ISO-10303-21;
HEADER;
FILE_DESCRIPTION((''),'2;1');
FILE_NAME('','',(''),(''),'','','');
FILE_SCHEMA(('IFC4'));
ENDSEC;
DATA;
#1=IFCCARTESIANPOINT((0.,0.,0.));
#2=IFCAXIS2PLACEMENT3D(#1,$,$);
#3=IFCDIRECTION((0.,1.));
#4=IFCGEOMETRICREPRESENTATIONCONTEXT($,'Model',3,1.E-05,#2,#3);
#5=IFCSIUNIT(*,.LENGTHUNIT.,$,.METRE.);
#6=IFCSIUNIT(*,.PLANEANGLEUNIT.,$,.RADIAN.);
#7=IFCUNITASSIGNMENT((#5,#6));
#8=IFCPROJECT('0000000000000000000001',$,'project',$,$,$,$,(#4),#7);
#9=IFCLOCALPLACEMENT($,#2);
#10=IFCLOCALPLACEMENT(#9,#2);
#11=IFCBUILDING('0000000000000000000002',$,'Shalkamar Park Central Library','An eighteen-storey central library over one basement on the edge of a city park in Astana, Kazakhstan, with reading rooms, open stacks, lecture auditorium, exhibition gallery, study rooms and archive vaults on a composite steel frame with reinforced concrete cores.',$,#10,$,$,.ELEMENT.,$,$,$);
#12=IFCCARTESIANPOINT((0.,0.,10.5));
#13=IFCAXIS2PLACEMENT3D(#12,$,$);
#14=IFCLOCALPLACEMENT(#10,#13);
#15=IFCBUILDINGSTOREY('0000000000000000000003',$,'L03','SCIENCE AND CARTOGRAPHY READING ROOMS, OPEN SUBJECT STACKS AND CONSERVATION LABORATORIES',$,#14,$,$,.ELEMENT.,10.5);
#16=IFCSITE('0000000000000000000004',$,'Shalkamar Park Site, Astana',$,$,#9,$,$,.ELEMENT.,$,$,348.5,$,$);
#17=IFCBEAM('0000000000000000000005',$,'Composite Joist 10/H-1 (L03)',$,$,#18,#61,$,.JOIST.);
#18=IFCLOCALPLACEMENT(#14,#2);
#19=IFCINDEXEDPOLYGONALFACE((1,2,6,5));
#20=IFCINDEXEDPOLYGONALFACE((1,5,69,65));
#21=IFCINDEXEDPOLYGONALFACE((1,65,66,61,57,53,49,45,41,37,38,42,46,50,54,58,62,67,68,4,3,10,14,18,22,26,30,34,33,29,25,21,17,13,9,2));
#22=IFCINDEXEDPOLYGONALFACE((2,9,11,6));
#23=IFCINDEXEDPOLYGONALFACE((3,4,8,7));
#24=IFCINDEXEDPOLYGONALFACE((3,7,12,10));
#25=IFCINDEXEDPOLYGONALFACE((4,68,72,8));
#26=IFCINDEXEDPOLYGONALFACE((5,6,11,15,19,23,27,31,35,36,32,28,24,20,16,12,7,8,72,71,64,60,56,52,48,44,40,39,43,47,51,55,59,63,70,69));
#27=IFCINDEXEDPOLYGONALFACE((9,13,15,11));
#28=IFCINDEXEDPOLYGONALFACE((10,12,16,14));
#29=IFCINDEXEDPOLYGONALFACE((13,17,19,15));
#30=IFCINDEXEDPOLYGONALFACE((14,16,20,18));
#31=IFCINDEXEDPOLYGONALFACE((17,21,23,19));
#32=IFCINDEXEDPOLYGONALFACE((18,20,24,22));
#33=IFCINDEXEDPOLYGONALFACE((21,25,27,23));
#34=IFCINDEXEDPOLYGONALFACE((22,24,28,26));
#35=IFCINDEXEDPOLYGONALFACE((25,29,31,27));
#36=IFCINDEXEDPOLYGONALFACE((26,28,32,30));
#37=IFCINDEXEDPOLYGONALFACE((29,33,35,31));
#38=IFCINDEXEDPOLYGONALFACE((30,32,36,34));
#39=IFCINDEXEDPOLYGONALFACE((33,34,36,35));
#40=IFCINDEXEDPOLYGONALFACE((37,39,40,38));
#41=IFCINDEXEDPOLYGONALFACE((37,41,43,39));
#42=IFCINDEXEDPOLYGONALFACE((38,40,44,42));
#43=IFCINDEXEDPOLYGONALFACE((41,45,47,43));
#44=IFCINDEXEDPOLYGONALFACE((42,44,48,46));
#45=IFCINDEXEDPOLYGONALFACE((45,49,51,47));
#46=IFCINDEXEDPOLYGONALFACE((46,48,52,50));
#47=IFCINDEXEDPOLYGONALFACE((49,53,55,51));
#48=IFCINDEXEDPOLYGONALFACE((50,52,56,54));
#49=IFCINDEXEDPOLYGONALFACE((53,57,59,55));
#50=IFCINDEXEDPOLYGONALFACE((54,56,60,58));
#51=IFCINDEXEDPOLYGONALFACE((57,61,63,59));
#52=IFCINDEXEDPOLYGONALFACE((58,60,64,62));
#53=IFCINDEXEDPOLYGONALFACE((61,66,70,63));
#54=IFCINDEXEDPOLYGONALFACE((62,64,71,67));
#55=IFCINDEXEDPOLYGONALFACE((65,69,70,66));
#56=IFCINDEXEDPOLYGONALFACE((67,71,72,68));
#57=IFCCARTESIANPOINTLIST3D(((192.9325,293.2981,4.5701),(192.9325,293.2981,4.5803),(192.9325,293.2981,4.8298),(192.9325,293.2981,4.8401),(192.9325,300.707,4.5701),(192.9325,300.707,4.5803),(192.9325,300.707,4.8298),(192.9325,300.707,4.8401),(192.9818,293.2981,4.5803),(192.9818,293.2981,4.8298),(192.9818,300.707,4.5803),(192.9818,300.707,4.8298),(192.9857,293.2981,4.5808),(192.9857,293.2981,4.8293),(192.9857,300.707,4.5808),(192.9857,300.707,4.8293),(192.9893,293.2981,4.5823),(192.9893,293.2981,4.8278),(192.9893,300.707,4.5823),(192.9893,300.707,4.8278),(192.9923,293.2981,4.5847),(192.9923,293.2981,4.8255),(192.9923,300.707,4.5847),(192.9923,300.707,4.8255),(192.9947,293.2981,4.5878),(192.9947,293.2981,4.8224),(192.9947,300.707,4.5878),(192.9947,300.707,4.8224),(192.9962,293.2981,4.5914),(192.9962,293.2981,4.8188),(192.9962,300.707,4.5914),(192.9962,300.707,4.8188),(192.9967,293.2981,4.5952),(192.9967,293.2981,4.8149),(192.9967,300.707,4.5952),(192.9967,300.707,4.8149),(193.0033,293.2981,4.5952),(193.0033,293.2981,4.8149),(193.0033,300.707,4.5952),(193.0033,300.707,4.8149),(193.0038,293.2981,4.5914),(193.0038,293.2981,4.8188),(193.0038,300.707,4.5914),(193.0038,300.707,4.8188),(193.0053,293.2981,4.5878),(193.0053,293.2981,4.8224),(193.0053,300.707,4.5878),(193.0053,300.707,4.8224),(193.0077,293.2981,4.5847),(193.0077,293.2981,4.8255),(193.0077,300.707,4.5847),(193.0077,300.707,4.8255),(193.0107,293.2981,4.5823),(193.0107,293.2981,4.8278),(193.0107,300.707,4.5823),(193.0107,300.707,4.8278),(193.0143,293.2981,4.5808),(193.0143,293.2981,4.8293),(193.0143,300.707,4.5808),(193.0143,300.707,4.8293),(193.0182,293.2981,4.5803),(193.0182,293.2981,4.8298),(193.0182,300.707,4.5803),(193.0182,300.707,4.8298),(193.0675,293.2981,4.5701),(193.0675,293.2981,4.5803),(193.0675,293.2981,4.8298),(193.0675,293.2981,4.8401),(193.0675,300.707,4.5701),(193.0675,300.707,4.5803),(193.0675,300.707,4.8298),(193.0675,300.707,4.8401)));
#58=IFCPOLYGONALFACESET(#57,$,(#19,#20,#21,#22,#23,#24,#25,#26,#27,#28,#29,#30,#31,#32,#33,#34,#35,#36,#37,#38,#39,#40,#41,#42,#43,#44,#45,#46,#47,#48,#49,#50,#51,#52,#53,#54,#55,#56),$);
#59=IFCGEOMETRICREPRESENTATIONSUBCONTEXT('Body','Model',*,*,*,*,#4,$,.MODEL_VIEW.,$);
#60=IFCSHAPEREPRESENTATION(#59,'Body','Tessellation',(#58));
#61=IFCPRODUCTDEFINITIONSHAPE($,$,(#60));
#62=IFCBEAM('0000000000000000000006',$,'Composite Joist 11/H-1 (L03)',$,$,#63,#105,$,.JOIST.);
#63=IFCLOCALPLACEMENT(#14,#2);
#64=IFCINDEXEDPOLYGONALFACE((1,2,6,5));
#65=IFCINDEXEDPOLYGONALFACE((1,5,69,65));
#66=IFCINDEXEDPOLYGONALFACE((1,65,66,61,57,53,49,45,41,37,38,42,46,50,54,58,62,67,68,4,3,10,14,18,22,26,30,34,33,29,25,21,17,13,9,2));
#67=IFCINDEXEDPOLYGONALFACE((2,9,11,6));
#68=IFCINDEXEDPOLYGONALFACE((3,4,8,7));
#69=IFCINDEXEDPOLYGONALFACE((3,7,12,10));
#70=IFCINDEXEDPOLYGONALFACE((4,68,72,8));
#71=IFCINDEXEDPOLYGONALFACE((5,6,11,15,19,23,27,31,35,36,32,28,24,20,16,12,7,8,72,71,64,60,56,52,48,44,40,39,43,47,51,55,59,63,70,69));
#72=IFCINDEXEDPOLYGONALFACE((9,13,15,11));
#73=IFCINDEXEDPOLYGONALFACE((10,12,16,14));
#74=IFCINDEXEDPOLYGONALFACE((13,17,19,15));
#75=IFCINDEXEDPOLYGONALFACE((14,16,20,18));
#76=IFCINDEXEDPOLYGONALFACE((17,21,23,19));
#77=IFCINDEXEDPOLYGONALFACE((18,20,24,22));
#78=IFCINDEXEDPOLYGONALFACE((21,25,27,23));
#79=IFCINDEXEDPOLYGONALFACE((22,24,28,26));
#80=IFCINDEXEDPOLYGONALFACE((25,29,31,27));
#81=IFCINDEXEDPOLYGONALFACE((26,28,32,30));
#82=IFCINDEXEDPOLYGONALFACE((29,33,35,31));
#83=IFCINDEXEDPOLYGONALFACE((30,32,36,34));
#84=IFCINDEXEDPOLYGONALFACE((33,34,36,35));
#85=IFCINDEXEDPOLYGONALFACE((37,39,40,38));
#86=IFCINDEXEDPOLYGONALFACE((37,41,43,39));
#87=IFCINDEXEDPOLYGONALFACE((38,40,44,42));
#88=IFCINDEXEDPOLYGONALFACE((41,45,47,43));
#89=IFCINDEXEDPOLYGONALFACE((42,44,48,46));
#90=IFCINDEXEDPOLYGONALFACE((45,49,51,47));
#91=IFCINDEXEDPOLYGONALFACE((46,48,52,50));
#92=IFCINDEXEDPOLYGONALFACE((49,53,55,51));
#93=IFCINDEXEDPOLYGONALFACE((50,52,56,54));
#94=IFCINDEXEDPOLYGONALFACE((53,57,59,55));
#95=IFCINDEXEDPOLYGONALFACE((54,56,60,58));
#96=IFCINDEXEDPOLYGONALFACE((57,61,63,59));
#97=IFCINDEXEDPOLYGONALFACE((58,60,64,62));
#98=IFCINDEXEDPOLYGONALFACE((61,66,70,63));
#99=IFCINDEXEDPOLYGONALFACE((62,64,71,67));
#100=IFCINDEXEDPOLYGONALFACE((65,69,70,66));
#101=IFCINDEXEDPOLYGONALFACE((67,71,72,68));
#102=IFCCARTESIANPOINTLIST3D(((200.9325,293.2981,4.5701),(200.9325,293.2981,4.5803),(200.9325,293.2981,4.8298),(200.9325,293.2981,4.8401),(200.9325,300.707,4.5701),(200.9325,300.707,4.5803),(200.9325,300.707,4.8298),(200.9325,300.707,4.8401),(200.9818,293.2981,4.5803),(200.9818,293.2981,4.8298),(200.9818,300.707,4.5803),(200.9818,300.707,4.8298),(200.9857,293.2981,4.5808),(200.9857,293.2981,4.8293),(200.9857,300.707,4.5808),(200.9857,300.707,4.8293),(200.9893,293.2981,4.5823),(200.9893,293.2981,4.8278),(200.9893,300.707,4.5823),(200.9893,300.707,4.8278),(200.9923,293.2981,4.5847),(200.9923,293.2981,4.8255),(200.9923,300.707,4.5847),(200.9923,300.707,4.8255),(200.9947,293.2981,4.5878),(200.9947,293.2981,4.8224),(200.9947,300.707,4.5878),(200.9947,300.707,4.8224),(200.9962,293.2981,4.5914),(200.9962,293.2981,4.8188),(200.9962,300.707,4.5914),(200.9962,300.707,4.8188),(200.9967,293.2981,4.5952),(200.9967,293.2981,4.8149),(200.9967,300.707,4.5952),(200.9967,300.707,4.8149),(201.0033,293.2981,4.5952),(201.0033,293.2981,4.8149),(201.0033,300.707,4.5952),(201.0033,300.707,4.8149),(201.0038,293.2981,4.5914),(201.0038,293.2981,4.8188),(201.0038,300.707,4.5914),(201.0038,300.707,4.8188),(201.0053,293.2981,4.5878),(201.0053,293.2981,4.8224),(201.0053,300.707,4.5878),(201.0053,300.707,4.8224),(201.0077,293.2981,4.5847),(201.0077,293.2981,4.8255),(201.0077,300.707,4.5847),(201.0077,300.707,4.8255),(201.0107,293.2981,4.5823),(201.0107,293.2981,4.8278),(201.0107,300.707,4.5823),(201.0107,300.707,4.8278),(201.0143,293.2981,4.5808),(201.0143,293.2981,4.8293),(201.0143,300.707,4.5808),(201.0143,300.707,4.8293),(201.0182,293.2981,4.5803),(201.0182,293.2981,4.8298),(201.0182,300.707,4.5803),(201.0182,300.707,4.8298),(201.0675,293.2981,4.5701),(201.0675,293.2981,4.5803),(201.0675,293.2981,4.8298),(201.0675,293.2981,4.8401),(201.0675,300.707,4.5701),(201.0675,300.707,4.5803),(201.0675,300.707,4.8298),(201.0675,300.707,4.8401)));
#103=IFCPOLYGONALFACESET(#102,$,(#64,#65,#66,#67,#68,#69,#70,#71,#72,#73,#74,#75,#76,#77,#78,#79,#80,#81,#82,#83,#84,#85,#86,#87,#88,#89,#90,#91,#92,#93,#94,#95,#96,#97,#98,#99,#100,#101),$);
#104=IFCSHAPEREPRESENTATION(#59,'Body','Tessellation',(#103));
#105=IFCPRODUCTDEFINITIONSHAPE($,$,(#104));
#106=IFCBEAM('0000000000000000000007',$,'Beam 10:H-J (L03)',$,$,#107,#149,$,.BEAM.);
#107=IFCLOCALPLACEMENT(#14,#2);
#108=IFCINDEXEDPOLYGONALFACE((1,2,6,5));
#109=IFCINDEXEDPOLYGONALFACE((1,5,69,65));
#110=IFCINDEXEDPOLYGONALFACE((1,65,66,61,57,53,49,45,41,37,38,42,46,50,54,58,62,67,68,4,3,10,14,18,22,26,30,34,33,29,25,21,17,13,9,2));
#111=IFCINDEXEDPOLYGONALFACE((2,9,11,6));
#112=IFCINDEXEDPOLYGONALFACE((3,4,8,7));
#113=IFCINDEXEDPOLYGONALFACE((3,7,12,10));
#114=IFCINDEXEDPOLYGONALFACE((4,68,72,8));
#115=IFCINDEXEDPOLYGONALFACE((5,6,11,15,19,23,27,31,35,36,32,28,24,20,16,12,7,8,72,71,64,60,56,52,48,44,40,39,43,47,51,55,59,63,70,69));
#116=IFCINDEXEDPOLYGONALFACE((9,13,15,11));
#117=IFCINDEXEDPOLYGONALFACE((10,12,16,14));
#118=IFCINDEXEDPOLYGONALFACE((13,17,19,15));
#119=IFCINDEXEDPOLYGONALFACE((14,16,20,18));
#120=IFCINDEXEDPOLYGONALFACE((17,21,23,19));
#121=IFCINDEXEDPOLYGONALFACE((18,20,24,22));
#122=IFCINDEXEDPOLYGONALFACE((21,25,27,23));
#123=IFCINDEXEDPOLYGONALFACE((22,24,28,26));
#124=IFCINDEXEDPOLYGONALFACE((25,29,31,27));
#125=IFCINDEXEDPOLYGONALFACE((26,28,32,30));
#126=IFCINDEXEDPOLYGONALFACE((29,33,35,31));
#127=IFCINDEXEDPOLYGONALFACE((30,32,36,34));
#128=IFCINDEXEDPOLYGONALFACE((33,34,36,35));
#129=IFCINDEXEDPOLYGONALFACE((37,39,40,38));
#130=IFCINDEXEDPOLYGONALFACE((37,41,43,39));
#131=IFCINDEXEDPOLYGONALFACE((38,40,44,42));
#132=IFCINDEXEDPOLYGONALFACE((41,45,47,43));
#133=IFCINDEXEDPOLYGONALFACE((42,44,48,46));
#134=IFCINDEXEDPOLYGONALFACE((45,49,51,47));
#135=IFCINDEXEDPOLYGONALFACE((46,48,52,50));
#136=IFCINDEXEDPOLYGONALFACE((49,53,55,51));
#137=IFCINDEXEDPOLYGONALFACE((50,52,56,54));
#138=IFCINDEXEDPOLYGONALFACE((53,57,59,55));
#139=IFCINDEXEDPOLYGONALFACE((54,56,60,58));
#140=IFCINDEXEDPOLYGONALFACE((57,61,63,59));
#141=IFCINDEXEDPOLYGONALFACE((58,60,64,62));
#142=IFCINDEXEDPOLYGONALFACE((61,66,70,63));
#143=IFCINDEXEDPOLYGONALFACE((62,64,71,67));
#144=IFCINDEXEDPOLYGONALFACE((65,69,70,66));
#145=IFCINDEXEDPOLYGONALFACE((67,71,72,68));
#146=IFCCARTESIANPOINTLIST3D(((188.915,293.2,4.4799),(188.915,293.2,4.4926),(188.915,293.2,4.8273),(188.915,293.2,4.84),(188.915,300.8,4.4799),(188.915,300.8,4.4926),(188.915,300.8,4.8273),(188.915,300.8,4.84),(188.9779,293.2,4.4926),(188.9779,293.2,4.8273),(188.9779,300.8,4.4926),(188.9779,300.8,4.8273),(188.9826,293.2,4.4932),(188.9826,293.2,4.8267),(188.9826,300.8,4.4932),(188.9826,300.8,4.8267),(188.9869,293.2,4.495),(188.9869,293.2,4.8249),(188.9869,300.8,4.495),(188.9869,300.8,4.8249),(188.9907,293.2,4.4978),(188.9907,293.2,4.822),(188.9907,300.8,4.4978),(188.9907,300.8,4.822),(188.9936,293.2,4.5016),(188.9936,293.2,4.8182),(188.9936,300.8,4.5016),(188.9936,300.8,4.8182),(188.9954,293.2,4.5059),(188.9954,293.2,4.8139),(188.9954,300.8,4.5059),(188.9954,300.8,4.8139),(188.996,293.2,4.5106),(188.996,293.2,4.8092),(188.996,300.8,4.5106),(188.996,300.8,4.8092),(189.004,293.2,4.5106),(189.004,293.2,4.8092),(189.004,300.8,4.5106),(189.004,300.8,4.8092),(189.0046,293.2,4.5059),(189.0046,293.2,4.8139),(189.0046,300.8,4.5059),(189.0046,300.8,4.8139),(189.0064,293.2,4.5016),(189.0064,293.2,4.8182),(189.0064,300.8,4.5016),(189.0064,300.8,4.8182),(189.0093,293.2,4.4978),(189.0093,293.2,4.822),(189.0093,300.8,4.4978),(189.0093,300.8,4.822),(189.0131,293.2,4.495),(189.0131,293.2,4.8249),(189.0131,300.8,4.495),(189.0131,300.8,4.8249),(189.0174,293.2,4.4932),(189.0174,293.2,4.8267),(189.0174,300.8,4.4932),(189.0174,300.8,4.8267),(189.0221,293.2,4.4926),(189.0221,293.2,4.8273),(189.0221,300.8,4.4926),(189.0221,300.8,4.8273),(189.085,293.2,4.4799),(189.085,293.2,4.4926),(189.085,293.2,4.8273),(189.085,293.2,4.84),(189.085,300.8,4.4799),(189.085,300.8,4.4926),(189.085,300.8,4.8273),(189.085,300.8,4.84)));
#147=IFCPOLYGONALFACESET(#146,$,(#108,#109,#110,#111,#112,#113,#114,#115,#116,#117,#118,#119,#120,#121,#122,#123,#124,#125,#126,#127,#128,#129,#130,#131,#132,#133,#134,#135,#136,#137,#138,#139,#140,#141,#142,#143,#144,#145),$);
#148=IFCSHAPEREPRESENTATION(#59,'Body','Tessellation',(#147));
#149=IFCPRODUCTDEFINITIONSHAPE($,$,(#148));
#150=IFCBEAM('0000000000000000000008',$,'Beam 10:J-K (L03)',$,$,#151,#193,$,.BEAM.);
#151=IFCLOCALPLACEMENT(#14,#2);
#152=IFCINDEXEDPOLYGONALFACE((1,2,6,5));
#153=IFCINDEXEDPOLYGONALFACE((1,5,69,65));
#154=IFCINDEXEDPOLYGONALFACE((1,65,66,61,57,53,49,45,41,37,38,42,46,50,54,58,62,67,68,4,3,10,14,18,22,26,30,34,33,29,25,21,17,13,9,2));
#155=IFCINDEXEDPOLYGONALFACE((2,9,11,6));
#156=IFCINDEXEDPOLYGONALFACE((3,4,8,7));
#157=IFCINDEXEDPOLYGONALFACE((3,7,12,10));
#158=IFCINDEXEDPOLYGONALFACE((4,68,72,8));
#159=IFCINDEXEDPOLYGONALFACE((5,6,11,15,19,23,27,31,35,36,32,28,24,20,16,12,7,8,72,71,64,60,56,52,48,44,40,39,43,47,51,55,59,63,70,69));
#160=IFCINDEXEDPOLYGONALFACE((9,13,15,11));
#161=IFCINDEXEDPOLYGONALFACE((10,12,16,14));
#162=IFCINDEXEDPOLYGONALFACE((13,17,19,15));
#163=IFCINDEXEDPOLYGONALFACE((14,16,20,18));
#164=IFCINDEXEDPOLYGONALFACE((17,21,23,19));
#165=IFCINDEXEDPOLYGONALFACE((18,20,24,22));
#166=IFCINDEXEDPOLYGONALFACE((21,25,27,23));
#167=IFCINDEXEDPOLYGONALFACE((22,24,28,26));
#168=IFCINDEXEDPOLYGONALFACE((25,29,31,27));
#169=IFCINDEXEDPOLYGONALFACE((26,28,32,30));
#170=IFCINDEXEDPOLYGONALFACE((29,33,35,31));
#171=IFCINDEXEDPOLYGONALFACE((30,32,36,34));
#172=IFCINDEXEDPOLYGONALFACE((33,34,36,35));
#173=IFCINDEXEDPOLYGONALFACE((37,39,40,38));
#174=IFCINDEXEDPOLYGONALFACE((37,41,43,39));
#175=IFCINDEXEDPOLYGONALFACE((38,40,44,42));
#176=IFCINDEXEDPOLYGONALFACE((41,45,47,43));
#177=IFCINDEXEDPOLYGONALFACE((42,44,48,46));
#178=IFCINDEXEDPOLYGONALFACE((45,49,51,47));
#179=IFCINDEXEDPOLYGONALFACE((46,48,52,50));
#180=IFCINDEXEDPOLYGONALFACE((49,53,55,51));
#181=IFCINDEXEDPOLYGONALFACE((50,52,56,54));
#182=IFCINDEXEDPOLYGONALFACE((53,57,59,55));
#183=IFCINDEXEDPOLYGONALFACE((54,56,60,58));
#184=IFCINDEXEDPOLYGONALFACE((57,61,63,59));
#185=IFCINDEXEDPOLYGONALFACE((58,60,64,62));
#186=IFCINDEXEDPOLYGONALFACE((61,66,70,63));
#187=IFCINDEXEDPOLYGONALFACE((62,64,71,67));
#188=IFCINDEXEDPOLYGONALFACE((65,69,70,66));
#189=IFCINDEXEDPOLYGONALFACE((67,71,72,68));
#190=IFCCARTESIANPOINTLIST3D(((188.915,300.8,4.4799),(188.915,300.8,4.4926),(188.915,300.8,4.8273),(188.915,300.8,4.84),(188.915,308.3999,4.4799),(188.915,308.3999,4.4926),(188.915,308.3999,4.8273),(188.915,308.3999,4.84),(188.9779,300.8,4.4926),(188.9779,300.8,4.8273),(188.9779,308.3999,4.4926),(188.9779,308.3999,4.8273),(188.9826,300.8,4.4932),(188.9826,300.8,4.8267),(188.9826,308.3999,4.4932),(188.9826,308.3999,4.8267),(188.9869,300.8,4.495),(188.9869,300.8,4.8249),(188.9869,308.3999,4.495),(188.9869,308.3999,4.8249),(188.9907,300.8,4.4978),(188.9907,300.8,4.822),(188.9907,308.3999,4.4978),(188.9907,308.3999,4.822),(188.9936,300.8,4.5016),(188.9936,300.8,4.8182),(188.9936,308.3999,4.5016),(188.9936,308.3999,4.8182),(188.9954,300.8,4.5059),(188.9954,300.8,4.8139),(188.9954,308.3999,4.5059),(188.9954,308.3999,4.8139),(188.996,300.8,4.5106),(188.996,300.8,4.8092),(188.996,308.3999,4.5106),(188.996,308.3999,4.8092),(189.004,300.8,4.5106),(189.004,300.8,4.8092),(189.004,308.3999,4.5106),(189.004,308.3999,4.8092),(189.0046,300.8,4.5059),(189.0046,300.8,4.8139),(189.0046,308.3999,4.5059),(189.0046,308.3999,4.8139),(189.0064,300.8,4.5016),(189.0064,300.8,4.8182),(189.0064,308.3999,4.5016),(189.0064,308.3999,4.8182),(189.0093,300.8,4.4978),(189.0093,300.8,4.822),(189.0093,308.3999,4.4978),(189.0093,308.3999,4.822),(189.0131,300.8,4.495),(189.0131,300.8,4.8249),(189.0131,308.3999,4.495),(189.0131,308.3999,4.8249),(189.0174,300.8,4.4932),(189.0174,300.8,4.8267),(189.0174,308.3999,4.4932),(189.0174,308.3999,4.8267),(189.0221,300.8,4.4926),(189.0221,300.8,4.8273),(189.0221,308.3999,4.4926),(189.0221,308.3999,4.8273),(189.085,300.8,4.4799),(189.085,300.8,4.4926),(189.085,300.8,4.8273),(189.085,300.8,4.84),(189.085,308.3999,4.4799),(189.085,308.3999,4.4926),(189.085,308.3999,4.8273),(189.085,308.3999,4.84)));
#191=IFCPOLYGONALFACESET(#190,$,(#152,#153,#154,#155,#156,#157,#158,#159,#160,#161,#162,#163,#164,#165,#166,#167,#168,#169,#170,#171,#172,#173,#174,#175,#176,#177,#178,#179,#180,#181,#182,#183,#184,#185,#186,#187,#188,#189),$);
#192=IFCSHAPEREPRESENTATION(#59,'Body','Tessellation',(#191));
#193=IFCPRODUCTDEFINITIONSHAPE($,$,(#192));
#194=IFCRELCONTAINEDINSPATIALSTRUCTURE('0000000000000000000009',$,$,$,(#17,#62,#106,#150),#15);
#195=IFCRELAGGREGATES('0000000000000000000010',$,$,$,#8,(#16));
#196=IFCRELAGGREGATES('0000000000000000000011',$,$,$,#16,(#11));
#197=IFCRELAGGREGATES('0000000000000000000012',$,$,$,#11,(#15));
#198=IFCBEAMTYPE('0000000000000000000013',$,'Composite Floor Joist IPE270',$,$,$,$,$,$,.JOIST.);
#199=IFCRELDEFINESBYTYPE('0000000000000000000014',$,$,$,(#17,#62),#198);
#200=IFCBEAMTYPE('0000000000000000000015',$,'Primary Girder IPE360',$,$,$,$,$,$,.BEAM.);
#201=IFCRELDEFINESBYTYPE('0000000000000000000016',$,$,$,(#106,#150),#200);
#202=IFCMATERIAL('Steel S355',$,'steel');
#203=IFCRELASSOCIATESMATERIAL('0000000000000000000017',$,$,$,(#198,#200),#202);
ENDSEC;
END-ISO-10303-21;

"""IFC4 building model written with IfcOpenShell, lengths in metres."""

from ifc_helpers import new_model, si_unit, direction, frame, origin, origin_2d, place, context, subcontext, project, spatial, i_section, extrude, material, material_profile, profile_set, type_object, element, save


model = new_model("IFC4")

# Units and contexts
model_context = context("Model", 3, precision=1e-05, world=origin(), true_north=direction((0.0, 1.0)))
body_context = subcontext(model_context, "Body", "Model", "MODEL_VIEW")
ifc_project = project(units=[si_unit("LENGTHUNIT", "METRE"), si_unit("PLANEANGLEUNIT", "RADIAN")], contexts=[model_context])

# Site, building, storey
site_placement = place(None, origin())
site = spatial("IfcSite", under=ifc_project, at=site_placement, Name="Shalkamar Park Site, Astana", CompositionType="ELEMENT", RefElevation=348.5)
building_placement = place(site_placement, origin())
building = spatial("IfcBuilding", under=site, at=building_placement, Name="Shalkamar Park Central Library", Description="An eighteen-storey central library over one basement on the edge of a city park in Astana, Kazakhstan, with reading rooms, open stacks, lecture auditorium, exhibition gallery, study rooms and archive vaults on a composite steel frame with reinforced concrete cores.", CompositionType="ELEMENT")
storey_placement = place(building_placement, frame((0.0, 0.0, 10.5)))
storey = spatial("IfcBuildingStorey", under=building, at=storey_placement, Name="L03", Description="SCIENCE AND CARTOGRAPHY READING ROOMS, OPEN SUBJECT STACKS AND CONSERVATION LABORATORIES", CompositionType="ELEMENT", Elevation=10.5)

# Shared definitions
ifc_material_1 = material(Name="Steel S355", Category="steel")

# Beams
ifc_material_profile_1 = material_profile(ifc_material_1, i_section(OverallWidth=0.135, OverallDepth=0.27, WebThickness=0.0066, FlangeThickness=0.0103, FilletRadius=0.0149, at=origin_2d()), Name="IPE 270")
ifc_profile_set_1 = profile_set([ifc_material_profile_1], Name="Steel S355")
beam_type_1 = type_object("IfcBeamType", Name="Composite Floor Joist IPE270", PredefinedType="JOIST", material=ifc_profile_set_1)
for number, where, z_axis, x_axis, name in (
    (1, (193.0, 293.2981, 4.7051), (0.0, 1.0, 0.0), (-1.0, 0.0, 0.0), "Composite Joist 10/H-1 (L03)"),
    (2, (201.0, 293.2981, 4.7051), (0.0, 1.0, 0.0), (-1.0, 0.0, 0.0), "Composite Joist 11/H-1 (L03)"),
):
    element("IfcBeam", number, at=place(storey_placement, frame(where, z_axis=z_axis, x_axis=x_axis)), inside=storey, type_object=beam_type_1, Name=name, PredefinedType="JOIST", context=body_context, shape_type="SweptSolid", body=[
        extrude(i_section(OverallWidth=0.135, OverallDepth=0.27, WebThickness=0.0066, FlangeThickness=0.0103, FilletRadius=0.0149, at=origin_2d()), origin(), (0.0, 0.0, 1.0), 7.4089),
    ])
ifc_material_profile_2 = material_profile(ifc_material_1, i_section(OverallWidth=0.1699, OverallDepth=0.3601, WebThickness=0.0081, FlangeThickness=0.0127, FilletRadius=0.0181, at=origin_2d()), Name="IPE 360")
ifc_profile_set_2 = profile_set([ifc_material_profile_2], Name="Steel S355")
beam_type_2 = type_object("IfcBeamType", Name="Primary Girder IPE360", PredefinedType="BEAM", material=ifc_profile_set_2)
beam_1_placement = place(storey_placement, frame((189.0, 293.2, 4.6599), z_axis=(0.0, 1.0, 0.0), x_axis=(-1.0, 0.0, 0.0)))
element("IfcBeam", 3, at=beam_1_placement, inside=storey, type_object=beam_type_2, Name="Beam 10:H-J (L03)", PredefinedType="BEAM", context=body_context, shape_type="SweptSolid", body=[
    extrude(i_section(OverallWidth=0.1699, OverallDepth=0.3601, WebThickness=0.0081, FlangeThickness=0.0127, FilletRadius=0.0181, at=origin_2d()), origin(), (0.0, 0.0, 1.0), 7.6001),
])
beam_2_placement = place(storey_placement, frame((189.0, 300.8, 4.6599), z_axis=(0.0, 1.0, 0.0), x_axis=(-1.0, 0.0, 0.0)))
element("IfcBeam", 4, at=beam_2_placement, inside=storey, type_object=beam_type_2, Name="Beam 10:J-K (L03)", PredefinedType="BEAM", context=body_context, shape_type="SweptSolid", body=[
    extrude(i_section(OverallWidth=0.1699, OverallDepth=0.3601, WebThickness=0.0081, FlangeThickness=0.0127, FilletRadius=0.0181, at=origin_2d()), origin(), (0.0, 0.0, 1.0), 7.5999),
])

save(model, "model.ifc")
